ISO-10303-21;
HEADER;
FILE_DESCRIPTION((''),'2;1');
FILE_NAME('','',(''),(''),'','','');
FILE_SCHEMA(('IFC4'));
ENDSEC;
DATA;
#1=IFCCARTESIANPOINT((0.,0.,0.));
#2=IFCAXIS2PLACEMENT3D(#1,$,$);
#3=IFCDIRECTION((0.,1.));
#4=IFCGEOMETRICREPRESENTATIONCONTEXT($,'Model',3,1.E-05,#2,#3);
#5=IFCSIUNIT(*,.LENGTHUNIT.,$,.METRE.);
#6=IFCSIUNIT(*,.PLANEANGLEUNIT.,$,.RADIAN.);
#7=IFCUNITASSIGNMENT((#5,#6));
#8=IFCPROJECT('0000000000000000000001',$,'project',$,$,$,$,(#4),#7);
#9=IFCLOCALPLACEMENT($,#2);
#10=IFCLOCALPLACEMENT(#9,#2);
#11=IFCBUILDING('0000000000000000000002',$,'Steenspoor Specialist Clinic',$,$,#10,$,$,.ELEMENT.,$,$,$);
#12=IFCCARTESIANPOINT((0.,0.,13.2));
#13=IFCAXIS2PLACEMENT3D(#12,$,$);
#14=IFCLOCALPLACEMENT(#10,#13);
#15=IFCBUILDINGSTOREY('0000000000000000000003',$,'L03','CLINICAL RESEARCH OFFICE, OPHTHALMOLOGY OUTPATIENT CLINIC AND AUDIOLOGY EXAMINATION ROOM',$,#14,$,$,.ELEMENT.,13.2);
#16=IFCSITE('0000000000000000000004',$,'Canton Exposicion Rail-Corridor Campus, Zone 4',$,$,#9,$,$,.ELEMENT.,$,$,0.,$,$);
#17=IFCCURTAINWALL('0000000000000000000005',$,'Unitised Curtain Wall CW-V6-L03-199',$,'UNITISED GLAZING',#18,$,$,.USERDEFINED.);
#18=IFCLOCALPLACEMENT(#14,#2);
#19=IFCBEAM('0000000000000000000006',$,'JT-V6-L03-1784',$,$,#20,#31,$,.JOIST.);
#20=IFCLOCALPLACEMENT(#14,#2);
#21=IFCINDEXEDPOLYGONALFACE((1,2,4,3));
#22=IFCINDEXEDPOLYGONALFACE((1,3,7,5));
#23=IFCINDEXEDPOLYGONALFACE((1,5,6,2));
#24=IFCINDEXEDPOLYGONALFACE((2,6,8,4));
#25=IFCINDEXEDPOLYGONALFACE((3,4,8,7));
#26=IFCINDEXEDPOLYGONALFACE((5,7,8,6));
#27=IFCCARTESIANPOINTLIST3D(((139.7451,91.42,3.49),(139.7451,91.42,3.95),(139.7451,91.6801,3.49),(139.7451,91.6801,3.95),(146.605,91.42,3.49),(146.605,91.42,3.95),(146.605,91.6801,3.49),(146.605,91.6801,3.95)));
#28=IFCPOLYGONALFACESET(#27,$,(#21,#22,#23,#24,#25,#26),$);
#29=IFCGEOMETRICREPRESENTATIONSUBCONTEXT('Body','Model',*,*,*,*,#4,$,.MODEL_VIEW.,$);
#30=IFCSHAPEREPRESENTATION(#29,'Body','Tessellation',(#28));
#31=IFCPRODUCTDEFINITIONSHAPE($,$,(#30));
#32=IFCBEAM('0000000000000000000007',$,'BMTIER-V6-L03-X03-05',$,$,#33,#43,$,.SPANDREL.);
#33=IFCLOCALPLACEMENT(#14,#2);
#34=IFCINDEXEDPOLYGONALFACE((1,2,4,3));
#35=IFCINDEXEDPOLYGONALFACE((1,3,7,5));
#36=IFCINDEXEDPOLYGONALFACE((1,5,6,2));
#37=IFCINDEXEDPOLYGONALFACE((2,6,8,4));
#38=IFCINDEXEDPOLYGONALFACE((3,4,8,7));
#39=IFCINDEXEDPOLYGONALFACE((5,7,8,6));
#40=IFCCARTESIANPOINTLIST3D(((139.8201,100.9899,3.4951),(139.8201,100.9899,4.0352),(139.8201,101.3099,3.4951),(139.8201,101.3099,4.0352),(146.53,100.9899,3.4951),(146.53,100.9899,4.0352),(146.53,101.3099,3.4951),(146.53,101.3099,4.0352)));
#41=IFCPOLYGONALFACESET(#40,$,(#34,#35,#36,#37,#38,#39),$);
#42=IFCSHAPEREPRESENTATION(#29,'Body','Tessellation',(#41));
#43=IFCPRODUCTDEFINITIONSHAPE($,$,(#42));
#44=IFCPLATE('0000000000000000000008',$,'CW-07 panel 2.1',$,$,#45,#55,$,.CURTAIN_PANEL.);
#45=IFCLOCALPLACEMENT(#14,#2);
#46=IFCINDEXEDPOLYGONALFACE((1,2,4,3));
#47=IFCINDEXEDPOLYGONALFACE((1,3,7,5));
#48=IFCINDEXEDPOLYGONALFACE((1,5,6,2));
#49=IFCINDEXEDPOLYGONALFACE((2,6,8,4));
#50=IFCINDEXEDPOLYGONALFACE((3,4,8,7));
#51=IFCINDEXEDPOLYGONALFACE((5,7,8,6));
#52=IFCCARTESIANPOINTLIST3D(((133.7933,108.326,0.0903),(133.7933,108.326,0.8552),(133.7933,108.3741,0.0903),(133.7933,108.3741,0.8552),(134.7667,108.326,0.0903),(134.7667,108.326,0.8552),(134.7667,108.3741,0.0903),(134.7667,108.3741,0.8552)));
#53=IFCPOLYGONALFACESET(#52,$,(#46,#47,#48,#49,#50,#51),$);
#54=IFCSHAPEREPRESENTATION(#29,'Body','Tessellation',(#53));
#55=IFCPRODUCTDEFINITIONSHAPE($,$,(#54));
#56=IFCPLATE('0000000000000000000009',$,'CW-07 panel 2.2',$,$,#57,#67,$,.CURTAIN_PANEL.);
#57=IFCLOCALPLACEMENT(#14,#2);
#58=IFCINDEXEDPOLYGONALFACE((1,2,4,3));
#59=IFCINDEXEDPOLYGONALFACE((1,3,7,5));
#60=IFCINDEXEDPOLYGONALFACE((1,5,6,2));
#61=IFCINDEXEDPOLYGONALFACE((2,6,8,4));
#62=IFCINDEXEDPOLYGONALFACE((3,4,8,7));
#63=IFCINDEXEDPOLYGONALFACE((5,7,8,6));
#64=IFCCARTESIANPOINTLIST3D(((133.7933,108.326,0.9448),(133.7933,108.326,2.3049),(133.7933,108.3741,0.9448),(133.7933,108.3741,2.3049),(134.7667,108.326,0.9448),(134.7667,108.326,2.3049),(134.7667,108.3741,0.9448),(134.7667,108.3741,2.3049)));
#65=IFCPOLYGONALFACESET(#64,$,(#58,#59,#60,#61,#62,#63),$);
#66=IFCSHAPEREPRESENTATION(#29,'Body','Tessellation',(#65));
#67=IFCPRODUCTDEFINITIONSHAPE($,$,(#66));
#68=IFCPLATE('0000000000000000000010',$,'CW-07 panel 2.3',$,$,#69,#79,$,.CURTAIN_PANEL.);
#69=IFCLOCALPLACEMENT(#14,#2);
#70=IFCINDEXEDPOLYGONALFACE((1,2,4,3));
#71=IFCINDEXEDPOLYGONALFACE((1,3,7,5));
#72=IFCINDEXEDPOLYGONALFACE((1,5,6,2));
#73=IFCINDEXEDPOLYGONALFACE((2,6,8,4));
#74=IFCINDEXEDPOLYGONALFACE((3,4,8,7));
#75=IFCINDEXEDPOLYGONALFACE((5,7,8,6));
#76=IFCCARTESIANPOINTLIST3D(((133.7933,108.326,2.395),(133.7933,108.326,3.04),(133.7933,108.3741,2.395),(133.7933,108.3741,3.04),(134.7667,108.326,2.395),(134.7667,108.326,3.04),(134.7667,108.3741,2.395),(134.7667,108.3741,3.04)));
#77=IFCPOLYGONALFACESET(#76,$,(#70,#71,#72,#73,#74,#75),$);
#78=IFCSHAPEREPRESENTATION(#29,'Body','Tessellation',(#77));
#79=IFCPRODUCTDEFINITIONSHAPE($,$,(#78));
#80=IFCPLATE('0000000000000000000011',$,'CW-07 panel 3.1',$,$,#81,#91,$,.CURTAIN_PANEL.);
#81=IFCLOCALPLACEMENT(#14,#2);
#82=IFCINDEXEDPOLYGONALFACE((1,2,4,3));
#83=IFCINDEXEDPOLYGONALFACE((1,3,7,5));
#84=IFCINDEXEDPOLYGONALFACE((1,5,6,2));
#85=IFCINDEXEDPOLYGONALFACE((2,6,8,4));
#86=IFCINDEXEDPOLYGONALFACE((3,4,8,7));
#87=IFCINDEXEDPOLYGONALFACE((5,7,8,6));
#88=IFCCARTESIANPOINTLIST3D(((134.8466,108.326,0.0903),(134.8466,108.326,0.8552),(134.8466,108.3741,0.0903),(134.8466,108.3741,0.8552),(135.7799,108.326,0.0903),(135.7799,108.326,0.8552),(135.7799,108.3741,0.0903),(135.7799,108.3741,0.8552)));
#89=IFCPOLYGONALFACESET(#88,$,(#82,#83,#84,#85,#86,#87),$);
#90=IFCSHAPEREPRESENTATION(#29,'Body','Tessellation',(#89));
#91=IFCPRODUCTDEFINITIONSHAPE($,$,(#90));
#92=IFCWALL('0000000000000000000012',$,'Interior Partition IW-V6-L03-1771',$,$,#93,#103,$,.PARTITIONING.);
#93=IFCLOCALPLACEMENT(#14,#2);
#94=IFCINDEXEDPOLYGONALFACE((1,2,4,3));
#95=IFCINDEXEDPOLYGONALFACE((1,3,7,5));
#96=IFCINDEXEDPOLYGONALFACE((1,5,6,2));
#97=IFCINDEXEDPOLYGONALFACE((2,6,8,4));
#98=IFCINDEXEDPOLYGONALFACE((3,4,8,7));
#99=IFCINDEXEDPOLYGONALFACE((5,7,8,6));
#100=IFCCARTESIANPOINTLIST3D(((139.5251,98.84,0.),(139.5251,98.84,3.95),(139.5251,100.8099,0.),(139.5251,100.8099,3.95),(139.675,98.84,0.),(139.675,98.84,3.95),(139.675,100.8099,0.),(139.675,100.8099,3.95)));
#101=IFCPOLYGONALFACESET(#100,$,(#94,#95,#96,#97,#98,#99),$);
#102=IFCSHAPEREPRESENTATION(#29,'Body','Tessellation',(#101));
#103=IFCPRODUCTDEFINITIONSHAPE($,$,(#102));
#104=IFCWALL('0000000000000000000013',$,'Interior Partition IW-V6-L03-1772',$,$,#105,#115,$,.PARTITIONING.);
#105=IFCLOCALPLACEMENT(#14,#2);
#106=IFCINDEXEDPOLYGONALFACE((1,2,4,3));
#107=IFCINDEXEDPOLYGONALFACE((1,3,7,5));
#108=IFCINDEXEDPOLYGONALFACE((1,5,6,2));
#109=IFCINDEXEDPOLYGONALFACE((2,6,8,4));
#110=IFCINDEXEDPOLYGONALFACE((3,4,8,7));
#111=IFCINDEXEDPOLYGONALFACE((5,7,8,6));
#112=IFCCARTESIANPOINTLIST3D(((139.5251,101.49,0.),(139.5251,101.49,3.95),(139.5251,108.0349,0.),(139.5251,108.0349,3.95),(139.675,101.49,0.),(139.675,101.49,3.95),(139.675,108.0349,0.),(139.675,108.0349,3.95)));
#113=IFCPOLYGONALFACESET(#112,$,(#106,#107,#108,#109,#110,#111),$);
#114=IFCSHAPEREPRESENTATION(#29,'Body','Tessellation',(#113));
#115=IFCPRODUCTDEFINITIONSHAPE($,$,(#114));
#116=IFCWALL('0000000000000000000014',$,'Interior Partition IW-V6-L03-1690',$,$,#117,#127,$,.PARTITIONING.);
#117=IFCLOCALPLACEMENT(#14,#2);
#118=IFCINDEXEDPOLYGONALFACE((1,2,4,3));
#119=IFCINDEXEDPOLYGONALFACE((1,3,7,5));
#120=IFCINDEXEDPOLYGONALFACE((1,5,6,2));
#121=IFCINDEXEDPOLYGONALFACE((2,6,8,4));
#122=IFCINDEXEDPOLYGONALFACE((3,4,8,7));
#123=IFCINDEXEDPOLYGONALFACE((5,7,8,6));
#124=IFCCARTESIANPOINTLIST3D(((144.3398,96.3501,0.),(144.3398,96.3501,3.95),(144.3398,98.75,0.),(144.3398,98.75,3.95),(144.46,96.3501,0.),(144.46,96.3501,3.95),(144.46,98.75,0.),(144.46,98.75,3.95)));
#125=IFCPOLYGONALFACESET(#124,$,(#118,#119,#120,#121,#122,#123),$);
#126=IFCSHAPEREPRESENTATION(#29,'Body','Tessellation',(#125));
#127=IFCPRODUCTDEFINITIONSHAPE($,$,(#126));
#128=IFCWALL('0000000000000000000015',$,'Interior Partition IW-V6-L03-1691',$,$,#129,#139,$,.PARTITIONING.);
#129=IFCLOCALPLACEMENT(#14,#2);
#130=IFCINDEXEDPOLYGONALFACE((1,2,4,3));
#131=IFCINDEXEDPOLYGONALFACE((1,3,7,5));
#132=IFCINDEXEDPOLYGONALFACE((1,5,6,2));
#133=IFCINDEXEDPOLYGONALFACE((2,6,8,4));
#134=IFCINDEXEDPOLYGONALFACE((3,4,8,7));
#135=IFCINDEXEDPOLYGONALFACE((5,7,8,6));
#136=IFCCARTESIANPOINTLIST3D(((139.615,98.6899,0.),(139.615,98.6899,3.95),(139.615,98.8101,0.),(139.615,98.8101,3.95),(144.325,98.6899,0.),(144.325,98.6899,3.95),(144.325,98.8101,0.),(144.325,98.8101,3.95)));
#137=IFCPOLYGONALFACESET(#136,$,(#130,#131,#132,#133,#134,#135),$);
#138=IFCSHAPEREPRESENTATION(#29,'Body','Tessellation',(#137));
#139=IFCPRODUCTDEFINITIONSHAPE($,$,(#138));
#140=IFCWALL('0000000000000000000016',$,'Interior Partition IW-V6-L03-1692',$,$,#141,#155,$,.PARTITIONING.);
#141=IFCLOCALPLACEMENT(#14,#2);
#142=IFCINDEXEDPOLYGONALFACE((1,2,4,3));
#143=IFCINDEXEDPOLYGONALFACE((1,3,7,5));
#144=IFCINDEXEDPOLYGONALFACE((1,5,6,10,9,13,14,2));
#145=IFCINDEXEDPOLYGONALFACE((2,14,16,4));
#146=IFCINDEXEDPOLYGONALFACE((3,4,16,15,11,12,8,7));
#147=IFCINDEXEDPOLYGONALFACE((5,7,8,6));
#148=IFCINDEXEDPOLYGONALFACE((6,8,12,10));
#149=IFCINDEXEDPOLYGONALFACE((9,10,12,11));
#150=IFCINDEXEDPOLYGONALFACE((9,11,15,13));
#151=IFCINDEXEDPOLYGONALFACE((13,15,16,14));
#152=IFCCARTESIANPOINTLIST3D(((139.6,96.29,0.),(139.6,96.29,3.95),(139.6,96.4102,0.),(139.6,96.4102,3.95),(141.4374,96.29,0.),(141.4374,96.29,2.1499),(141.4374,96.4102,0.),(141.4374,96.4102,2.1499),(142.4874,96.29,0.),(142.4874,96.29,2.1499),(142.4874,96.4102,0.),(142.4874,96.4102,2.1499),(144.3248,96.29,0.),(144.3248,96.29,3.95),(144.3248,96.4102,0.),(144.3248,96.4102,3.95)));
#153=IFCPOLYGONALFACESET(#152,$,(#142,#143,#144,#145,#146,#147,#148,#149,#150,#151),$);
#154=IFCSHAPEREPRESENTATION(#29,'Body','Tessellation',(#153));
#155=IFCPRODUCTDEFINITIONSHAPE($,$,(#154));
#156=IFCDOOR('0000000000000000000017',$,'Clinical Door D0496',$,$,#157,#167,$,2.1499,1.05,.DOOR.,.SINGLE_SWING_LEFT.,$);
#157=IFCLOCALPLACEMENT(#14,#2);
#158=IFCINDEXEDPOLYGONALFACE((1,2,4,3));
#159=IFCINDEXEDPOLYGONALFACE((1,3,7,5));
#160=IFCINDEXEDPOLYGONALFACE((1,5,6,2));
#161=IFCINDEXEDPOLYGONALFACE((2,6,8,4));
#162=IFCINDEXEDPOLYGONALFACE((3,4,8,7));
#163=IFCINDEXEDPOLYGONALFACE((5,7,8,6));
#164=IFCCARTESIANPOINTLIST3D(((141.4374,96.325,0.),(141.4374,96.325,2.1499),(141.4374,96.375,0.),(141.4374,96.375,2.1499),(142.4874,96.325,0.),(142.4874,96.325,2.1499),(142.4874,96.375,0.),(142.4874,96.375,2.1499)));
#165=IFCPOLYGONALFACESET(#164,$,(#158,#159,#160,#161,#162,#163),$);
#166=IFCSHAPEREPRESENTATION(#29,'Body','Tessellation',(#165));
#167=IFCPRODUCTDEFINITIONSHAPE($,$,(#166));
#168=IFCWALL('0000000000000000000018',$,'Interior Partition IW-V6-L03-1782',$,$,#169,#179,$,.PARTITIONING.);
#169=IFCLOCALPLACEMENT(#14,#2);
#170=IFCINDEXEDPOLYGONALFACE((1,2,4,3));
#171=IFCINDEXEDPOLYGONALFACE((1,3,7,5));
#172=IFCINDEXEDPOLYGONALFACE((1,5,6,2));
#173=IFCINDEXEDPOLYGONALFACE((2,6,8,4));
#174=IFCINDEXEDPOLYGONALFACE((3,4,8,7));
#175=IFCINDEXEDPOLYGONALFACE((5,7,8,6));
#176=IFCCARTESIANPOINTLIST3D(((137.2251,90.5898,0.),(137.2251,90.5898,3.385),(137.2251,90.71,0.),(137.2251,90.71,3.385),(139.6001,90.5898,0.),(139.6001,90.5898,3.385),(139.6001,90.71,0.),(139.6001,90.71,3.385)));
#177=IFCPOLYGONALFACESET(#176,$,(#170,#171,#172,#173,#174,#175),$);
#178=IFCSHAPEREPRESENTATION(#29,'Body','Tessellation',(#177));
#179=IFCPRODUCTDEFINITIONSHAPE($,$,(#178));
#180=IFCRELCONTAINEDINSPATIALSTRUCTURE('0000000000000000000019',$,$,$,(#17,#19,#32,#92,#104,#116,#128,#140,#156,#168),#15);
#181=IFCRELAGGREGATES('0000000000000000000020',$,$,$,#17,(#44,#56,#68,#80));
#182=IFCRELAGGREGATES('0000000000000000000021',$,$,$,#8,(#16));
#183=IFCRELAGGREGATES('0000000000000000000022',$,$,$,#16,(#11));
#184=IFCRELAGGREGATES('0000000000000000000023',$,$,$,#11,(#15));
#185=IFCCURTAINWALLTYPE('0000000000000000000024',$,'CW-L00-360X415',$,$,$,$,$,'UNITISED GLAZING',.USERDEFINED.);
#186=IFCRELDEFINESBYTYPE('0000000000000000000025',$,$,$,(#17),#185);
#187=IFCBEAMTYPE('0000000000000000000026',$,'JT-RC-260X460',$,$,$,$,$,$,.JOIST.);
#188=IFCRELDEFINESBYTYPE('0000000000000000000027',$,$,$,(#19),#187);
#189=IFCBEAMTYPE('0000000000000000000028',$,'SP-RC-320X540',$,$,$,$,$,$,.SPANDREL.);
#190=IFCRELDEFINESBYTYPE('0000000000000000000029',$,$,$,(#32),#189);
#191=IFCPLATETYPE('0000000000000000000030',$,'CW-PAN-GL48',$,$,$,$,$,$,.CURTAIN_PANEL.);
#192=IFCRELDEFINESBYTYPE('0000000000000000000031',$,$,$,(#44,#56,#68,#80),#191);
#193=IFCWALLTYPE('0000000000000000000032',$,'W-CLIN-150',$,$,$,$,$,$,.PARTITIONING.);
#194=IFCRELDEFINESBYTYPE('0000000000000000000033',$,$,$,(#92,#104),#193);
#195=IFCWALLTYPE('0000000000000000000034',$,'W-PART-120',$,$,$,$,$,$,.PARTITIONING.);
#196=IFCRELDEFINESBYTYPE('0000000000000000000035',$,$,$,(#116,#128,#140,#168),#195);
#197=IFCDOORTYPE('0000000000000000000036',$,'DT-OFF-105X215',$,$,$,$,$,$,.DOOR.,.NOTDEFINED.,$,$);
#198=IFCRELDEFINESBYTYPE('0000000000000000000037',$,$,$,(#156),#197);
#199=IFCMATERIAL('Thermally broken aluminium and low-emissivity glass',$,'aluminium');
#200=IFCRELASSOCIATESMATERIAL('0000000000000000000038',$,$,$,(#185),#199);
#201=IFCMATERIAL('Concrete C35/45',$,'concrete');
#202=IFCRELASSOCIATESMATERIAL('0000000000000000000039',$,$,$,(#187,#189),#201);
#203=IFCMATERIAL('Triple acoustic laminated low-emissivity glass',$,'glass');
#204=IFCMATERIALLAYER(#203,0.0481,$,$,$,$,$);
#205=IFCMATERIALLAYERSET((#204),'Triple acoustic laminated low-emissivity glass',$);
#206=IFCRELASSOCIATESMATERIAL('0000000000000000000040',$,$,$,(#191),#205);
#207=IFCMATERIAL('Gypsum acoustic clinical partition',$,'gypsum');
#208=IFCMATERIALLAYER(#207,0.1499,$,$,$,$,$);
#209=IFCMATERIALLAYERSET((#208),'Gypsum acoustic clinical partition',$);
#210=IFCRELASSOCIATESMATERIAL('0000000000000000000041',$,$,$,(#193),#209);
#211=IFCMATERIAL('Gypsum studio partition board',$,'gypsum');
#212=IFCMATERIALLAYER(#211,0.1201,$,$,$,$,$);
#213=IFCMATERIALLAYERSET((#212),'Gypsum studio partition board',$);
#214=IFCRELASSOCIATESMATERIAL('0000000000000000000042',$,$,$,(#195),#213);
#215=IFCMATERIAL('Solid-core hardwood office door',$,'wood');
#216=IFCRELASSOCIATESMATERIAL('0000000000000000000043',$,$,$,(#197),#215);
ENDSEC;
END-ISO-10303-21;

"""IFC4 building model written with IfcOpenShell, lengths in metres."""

from ifc_helpers import new_model, si_unit, direction, frame, frame_2d, origin, origin_2d, place, context, subcontext, project, spatial, rectangle, extrude, material, layer, layer_set, material_profile, profile_set, type_object, element, fill, aggregate, save


model = new_model("IFC4")

# Units and contexts
model_context = context("Model", 3, precision=1e-05, world=origin(), true_north=direction((0.0, 1.0)))
body_context = subcontext(model_context, "Body", "Model", "MODEL_VIEW")
ifc_project = project(units=[si_unit("LENGTHUNIT", "METRE"), si_unit("PLANEANGLEUNIT", "RADIAN")], contexts=[model_context])

# Site, building, storey
site_placement = place(None, origin())
site = spatial("IfcSite", under=ifc_project, at=site_placement, Name="Canton Exposicion Rail-Corridor Campus, Zone 4", CompositionType="ELEMENT", RefElevation=0.0)
building_placement = place(site_placement, origin())
building = spatial("IfcBuilding", under=site, at=building_placement, Name="Steenspoor Specialist Clinic", CompositionType="ELEMENT")
storey_placement = place(building_placement, frame((0.0, 0.0, 13.2)))
storey = spatial("IfcBuildingStorey", under=building, at=storey_placement, Name="L03", Description="CLINICAL RESEARCH OFFICE, OPHTHALMOLOGY OUTPATIENT CLINIC AND AUDIOLOGY EXAMINATION ROOM", CompositionType="ELEMENT", Elevation=13.2)

# Shared definitions
ifc_material_1 = material(Name="Concrete C35/45", Category="concrete")

# Curtain wall
ifc_material_2 = material(Name="Thermally broken aluminium and low-emissivity glass", Category="aluminium")
curtain_wall_type = type_object("IfcCurtainWallType", Name="CW-L00-360X415", ElementType="UNITISED GLAZING", PredefinedType="USERDEFINED", material=ifc_material_2)
curtain_wall_placement = place(storey_placement, origin())
curtain_wall = element("IfcCurtainWall", 1, at=curtain_wall_placement, inside=storey, type_object=curtain_wall_type, Name="Unitised Curtain Wall CW-V6-L03-199", ObjectType="UNITISED GLAZING", PredefinedType="USERDEFINED")

# Beams
ifc_material_profile_1 = material_profile(ifc_material_1, rectangle(XDim=0.26, YDim=0.46, at=origin_2d()), Name="RC-JT-260X460")
ifc_profile_set_1 = profile_set([ifc_material_profile_1], Name="Concrete C35/45")
beam_type_1 = type_object("IfcBeamType", Name="JT-RC-260X460", PredefinedType="JOIST", material=ifc_profile_set_1)
beam_1_placement = place(storey_placement, frame((139.7451, 91.55, 3.72), z_axis=(1.0, 0.0, 0.0), x_axis=(0.0, 1.0, 0.0)))
element("IfcBeam", 2, at=beam_1_placement, inside=storey, type_object=beam_type_1, Name="JT-V6-L03-1784", PredefinedType="JOIST", context=body_context, shape_type="SweptSolid", body=[
    extrude(rectangle(XDim=0.26, YDim=0.46, at=origin_2d()), origin(), (0.0, 0.0, 1.0), 6.8599),
])
ifc_material_profile_2 = material_profile(ifc_material_1, rectangle(XDim=0.3201, YDim=0.54, at=origin_2d()), Name="RC-SP-320X540")
ifc_profile_set_2 = profile_set([ifc_material_profile_2], Name="Concrete C35/45")
beam_type_2 = type_object("IfcBeamType", Name="SP-RC-320X540", PredefinedType="SPANDREL", material=ifc_profile_set_2)
beam_2_placement = place(storey_placement, frame((139.8201, 101.1499, 3.7651), z_axis=(1.0, 0.0, 0.0), x_axis=(0.0, 1.0, 0.0)))
element("IfcBeam", 3, at=beam_2_placement, inside=storey, type_object=beam_type_2, Name="BMTIER-V6-L03-X03-05", PredefinedType="SPANDREL", context=body_context, shape_type="SweptSolid", body=[
    extrude(rectangle(XDim=0.3201, YDim=0.54, at=origin_2d()), origin(), (0.0, 0.0, 1.0), 6.71),
])

# Plates
ifc_material_3 = material(Name="Triple acoustic laminated low-emissivity glass", Category="glass")
ifc_layer_1 = layer(ifc_material_3, 0.0481)
ifc_layer_set_1 = layer_set([ifc_layer_1], Name="Triple acoustic laminated low-emissivity glass")
plate_type = type_object("IfcPlateType", Name="CW-PAN-GL48", PredefinedType="CURTAIN_PANEL", material=ifc_layer_set_1)
plate_1_placement = place(storey_placement, frame((134.28, 108.3501, 0.0903), z_axis=(0.0, 0.0, 1.0), x_axis=(1.0, 0.0, 0.0)))
plate_1 = element("IfcPlate", 4, at=plate_1_placement, type_object=plate_type, Name="CW-07 panel 2.1", PredefinedType="CURTAIN_PANEL", context=body_context, shape_type="SweptSolid", body=[
    extrude(rectangle(XDim=0.9734, YDim=0.0481, at=origin_2d()), origin(), (0.0, 0.0, 1.0), 0.7649),
])
plate_2_placement = place(storey_placement, frame((134.28, 108.3501, 0.9448), z_axis=(0.0, 0.0, 1.0), x_axis=(1.0, 0.0, 0.0)))
plate_2 = element("IfcPlate", 5, at=plate_2_placement, type_object=plate_type, Name="CW-07 panel 2.2", PredefinedType="CURTAIN_PANEL", context=body_context, shape_type="SweptSolid", body=[
    extrude(rectangle(XDim=0.9734, YDim=0.0481, at=origin_2d()), origin(), (0.0, 0.0, 1.0), 1.3601),
])
plate_3_placement = place(storey_placement, frame((134.28, 108.3501, 2.395), z_axis=(0.0, 0.0, 1.0), x_axis=(1.0, 0.0, 0.0)))
plate_3 = element("IfcPlate", 6, at=plate_3_placement, type_object=plate_type, Name="CW-07 panel 2.3", PredefinedType="CURTAIN_PANEL", context=body_context, shape_type="SweptSolid", body=[
    extrude(rectangle(XDim=0.9734, YDim=0.0481, at=origin_2d()), origin(), (0.0, 0.0, 1.0), 0.645),
])
plate_4_placement = place(storey_placement, frame((135.3132, 108.3501, 0.0903), z_axis=(0.0, 0.0, 1.0), x_axis=(1.0, 0.0, 0.0)))
plate_4 = element("IfcPlate", 7, at=plate_4_placement, type_object=plate_type, Name="CW-07 panel 3.1", PredefinedType="CURTAIN_PANEL", context=body_context, shape_type="SweptSolid", body=[
    extrude(rectangle(XDim=0.9333, YDim=0.0481, at=origin_2d()), origin(), (0.0, 0.0, 1.0), 0.7649),
])
aggregate(curtain_wall, [plate_1, plate_2, plate_3, plate_4])

# Walls
ifc_material_4 = material(Name="Gypsum acoustic clinical partition", Category="gypsum")
ifc_layer_2 = layer(ifc_material_4, 0.1499)
ifc_layer_set_2 = layer_set([ifc_layer_2], Name="Gypsum acoustic clinical partition")
wall_type_1 = type_object("IfcWallType", Name="W-CLIN-150", PredefinedType="PARTITIONING", material=ifc_layer_set_2)
wall_1_placement = place(storey_placement, frame((139.6001, 98.8401, 0.0), z_axis=(0.0, 0.0, 1.0), x_axis=(0.0, 1.0, 0.0)))
element("IfcWall", 8, at=wall_1_placement, inside=storey, type_object=wall_type_1, Name="Interior Partition IW-V6-L03-1771", PredefinedType="PARTITIONING", context=body_context, shape_type="SweptSolid", body=[
    extrude(rectangle(XDim=1.97, YDim=0.1499, at=frame_2d((0.9849, 0.0))), origin(), (0.0, 0.0, 1.0), 3.95),
])
wall_2_placement = place(storey_placement, frame((139.6001, 101.49, 0.0), z_axis=(0.0, 0.0, 1.0), x_axis=(0.0, 1.0, 0.0)))
element("IfcWall", 9, at=wall_2_placement, inside=storey, type_object=wall_type_1, Name="Interior Partition IW-V6-L03-1772", PredefinedType="PARTITIONING", context=body_context, shape_type="SweptSolid", body=[
    extrude(rectangle(XDim=6.5449, YDim=0.1499, at=frame_2d((3.2725, 0.0))), origin(), (0.0, 0.0, 1.0), 3.95),
])
ifc_material_5 = material(Name="Gypsum studio partition board", Category="gypsum")
ifc_layer_3 = layer(ifc_material_5, 0.1201)
ifc_layer_set_3 = layer_set([ifc_layer_3], Name="Gypsum studio partition board")
wall_type_2 = type_object("IfcWallType", Name="W-PART-120", PredefinedType="PARTITIONING", material=ifc_layer_set_3)
wall_3_placement = place(storey_placement, frame((144.3999, 96.3501, 0.0), z_axis=(0.0, 0.0, 1.0), x_axis=(0.0, 1.0, 0.0)))
element("IfcWall", 10, at=wall_3_placement, inside=storey, type_object=wall_type_2, Name="Interior Partition IW-V6-L03-1690", PredefinedType="PARTITIONING", context=body_context, shape_type="SweptSolid", body=[
    extrude(rectangle(XDim=2.3999, YDim=0.1201, at=frame_2d((1.2, 0.0))), origin(), (0.0, 0.0, 1.0), 3.95),
])
wall_4_placement = place(storey_placement, frame((139.615, 98.75, 0.0), z_axis=(0.0, 0.0, 1.0), x_axis=(1.0, 0.0, 0.0)))
element("IfcWall", 11, at=wall_4_placement, inside=storey, type_object=wall_type_2, Name="Interior Partition IW-V6-L03-1691", PredefinedType="PARTITIONING", context=body_context, shape_type="SweptSolid", body=[
    extrude(rectangle(XDim=4.71, YDim=0.1201, at=frame_2d((2.355, 0.0))), origin(), (0.0, 0.0, 1.0), 3.95),
])

# Wall, opening, door
wall_5_placement = place(storey_placement, frame((139.6001, 96.3501, 0.0), z_axis=(0.0, 0.0, 1.0), x_axis=(1.0, 0.0, 0.0)))
wall_5 = element("IfcWall", 12, at=wall_5_placement, inside=storey, type_object=wall_type_2, Name="Interior Partition IW-V6-L03-1692", PredefinedType="PARTITIONING", context=body_context, shape_type="SweptSolid", body=[
    extrude(rectangle(XDim=4.7249, YDim=0.1201, at=frame_2d((2.3623, 0.0))), origin(), (0.0, 0.0, 1.0), 3.95),
])
opening_1_placement = place(wall_5_placement, frame((1.8374, 0.0, 0.0)))
opening_1 = element("IfcOpeningElement", 13, at=opening_1_placement, cuts=wall_5, PredefinedType="OPENING", context=body_context, shape_type="SweptSolid", body=[
    extrude(rectangle(XDim=1.05, YDim=2.1499, at=frame_2d((0.5249, 1.075))), frame((0.0, 0.0701, 0.0), z_axis=(0.0, -1.0, 0.0), x_axis=(1.0, 0.0, 0.0)), (0.0, 0.0, 1.0), 0.1401),
])
ifc_material_6 = material(Name="Solid-core hardwood office door", Category="wood")
door_type = type_object("IfcDoorType", Name="DT-OFF-105X215", OperationType="NOTDEFINED", PredefinedType="DOOR", material=ifc_material_6)
door_placement = place(opening_1_placement, origin())
door = element("IfcDoor", 14, at=door_placement, inside=storey, type_object=door_type, Name="Clinical Door D0496", OperationType="SINGLE_SWING_LEFT", OverallHeight=2.1499, OverallWidth=1.05, PredefinedType="DOOR", context=body_context, shape_type="SweptSolid", body=[
    extrude(rectangle(XDim=1.05, YDim=2.1499, at=frame_2d((0.5249, 1.075))), frame((0.0, 0.0249, 0.0), z_axis=(0.0, -1.0, 0.0), x_axis=(1.0, 0.0, 0.0)), (0.0, 0.0, 1.0), 0.05),
])
fill(opening_1, door)

# Wall
wall_6_placement = place(storey_placement, frame((137.2251, 90.6499, 0.0), z_axis=(0.0, 0.0, 1.0), x_axis=(1.0, 0.0, 0.0)))
element("IfcWall", 15, at=wall_6_placement, inside=storey, type_object=wall_type_2, Name="Interior Partition IW-V6-L03-1782", PredefinedType="PARTITIONING", context=body_context, shape_type="SweptSolid", body=[
    extrude(rectangle(XDim=2.375, YDim=0.1201, at=frame_2d((1.1875, 0.0))), origin(), (0.0, 0.0, 1.0), 3.385),
])

save(model, "model.ifc")
